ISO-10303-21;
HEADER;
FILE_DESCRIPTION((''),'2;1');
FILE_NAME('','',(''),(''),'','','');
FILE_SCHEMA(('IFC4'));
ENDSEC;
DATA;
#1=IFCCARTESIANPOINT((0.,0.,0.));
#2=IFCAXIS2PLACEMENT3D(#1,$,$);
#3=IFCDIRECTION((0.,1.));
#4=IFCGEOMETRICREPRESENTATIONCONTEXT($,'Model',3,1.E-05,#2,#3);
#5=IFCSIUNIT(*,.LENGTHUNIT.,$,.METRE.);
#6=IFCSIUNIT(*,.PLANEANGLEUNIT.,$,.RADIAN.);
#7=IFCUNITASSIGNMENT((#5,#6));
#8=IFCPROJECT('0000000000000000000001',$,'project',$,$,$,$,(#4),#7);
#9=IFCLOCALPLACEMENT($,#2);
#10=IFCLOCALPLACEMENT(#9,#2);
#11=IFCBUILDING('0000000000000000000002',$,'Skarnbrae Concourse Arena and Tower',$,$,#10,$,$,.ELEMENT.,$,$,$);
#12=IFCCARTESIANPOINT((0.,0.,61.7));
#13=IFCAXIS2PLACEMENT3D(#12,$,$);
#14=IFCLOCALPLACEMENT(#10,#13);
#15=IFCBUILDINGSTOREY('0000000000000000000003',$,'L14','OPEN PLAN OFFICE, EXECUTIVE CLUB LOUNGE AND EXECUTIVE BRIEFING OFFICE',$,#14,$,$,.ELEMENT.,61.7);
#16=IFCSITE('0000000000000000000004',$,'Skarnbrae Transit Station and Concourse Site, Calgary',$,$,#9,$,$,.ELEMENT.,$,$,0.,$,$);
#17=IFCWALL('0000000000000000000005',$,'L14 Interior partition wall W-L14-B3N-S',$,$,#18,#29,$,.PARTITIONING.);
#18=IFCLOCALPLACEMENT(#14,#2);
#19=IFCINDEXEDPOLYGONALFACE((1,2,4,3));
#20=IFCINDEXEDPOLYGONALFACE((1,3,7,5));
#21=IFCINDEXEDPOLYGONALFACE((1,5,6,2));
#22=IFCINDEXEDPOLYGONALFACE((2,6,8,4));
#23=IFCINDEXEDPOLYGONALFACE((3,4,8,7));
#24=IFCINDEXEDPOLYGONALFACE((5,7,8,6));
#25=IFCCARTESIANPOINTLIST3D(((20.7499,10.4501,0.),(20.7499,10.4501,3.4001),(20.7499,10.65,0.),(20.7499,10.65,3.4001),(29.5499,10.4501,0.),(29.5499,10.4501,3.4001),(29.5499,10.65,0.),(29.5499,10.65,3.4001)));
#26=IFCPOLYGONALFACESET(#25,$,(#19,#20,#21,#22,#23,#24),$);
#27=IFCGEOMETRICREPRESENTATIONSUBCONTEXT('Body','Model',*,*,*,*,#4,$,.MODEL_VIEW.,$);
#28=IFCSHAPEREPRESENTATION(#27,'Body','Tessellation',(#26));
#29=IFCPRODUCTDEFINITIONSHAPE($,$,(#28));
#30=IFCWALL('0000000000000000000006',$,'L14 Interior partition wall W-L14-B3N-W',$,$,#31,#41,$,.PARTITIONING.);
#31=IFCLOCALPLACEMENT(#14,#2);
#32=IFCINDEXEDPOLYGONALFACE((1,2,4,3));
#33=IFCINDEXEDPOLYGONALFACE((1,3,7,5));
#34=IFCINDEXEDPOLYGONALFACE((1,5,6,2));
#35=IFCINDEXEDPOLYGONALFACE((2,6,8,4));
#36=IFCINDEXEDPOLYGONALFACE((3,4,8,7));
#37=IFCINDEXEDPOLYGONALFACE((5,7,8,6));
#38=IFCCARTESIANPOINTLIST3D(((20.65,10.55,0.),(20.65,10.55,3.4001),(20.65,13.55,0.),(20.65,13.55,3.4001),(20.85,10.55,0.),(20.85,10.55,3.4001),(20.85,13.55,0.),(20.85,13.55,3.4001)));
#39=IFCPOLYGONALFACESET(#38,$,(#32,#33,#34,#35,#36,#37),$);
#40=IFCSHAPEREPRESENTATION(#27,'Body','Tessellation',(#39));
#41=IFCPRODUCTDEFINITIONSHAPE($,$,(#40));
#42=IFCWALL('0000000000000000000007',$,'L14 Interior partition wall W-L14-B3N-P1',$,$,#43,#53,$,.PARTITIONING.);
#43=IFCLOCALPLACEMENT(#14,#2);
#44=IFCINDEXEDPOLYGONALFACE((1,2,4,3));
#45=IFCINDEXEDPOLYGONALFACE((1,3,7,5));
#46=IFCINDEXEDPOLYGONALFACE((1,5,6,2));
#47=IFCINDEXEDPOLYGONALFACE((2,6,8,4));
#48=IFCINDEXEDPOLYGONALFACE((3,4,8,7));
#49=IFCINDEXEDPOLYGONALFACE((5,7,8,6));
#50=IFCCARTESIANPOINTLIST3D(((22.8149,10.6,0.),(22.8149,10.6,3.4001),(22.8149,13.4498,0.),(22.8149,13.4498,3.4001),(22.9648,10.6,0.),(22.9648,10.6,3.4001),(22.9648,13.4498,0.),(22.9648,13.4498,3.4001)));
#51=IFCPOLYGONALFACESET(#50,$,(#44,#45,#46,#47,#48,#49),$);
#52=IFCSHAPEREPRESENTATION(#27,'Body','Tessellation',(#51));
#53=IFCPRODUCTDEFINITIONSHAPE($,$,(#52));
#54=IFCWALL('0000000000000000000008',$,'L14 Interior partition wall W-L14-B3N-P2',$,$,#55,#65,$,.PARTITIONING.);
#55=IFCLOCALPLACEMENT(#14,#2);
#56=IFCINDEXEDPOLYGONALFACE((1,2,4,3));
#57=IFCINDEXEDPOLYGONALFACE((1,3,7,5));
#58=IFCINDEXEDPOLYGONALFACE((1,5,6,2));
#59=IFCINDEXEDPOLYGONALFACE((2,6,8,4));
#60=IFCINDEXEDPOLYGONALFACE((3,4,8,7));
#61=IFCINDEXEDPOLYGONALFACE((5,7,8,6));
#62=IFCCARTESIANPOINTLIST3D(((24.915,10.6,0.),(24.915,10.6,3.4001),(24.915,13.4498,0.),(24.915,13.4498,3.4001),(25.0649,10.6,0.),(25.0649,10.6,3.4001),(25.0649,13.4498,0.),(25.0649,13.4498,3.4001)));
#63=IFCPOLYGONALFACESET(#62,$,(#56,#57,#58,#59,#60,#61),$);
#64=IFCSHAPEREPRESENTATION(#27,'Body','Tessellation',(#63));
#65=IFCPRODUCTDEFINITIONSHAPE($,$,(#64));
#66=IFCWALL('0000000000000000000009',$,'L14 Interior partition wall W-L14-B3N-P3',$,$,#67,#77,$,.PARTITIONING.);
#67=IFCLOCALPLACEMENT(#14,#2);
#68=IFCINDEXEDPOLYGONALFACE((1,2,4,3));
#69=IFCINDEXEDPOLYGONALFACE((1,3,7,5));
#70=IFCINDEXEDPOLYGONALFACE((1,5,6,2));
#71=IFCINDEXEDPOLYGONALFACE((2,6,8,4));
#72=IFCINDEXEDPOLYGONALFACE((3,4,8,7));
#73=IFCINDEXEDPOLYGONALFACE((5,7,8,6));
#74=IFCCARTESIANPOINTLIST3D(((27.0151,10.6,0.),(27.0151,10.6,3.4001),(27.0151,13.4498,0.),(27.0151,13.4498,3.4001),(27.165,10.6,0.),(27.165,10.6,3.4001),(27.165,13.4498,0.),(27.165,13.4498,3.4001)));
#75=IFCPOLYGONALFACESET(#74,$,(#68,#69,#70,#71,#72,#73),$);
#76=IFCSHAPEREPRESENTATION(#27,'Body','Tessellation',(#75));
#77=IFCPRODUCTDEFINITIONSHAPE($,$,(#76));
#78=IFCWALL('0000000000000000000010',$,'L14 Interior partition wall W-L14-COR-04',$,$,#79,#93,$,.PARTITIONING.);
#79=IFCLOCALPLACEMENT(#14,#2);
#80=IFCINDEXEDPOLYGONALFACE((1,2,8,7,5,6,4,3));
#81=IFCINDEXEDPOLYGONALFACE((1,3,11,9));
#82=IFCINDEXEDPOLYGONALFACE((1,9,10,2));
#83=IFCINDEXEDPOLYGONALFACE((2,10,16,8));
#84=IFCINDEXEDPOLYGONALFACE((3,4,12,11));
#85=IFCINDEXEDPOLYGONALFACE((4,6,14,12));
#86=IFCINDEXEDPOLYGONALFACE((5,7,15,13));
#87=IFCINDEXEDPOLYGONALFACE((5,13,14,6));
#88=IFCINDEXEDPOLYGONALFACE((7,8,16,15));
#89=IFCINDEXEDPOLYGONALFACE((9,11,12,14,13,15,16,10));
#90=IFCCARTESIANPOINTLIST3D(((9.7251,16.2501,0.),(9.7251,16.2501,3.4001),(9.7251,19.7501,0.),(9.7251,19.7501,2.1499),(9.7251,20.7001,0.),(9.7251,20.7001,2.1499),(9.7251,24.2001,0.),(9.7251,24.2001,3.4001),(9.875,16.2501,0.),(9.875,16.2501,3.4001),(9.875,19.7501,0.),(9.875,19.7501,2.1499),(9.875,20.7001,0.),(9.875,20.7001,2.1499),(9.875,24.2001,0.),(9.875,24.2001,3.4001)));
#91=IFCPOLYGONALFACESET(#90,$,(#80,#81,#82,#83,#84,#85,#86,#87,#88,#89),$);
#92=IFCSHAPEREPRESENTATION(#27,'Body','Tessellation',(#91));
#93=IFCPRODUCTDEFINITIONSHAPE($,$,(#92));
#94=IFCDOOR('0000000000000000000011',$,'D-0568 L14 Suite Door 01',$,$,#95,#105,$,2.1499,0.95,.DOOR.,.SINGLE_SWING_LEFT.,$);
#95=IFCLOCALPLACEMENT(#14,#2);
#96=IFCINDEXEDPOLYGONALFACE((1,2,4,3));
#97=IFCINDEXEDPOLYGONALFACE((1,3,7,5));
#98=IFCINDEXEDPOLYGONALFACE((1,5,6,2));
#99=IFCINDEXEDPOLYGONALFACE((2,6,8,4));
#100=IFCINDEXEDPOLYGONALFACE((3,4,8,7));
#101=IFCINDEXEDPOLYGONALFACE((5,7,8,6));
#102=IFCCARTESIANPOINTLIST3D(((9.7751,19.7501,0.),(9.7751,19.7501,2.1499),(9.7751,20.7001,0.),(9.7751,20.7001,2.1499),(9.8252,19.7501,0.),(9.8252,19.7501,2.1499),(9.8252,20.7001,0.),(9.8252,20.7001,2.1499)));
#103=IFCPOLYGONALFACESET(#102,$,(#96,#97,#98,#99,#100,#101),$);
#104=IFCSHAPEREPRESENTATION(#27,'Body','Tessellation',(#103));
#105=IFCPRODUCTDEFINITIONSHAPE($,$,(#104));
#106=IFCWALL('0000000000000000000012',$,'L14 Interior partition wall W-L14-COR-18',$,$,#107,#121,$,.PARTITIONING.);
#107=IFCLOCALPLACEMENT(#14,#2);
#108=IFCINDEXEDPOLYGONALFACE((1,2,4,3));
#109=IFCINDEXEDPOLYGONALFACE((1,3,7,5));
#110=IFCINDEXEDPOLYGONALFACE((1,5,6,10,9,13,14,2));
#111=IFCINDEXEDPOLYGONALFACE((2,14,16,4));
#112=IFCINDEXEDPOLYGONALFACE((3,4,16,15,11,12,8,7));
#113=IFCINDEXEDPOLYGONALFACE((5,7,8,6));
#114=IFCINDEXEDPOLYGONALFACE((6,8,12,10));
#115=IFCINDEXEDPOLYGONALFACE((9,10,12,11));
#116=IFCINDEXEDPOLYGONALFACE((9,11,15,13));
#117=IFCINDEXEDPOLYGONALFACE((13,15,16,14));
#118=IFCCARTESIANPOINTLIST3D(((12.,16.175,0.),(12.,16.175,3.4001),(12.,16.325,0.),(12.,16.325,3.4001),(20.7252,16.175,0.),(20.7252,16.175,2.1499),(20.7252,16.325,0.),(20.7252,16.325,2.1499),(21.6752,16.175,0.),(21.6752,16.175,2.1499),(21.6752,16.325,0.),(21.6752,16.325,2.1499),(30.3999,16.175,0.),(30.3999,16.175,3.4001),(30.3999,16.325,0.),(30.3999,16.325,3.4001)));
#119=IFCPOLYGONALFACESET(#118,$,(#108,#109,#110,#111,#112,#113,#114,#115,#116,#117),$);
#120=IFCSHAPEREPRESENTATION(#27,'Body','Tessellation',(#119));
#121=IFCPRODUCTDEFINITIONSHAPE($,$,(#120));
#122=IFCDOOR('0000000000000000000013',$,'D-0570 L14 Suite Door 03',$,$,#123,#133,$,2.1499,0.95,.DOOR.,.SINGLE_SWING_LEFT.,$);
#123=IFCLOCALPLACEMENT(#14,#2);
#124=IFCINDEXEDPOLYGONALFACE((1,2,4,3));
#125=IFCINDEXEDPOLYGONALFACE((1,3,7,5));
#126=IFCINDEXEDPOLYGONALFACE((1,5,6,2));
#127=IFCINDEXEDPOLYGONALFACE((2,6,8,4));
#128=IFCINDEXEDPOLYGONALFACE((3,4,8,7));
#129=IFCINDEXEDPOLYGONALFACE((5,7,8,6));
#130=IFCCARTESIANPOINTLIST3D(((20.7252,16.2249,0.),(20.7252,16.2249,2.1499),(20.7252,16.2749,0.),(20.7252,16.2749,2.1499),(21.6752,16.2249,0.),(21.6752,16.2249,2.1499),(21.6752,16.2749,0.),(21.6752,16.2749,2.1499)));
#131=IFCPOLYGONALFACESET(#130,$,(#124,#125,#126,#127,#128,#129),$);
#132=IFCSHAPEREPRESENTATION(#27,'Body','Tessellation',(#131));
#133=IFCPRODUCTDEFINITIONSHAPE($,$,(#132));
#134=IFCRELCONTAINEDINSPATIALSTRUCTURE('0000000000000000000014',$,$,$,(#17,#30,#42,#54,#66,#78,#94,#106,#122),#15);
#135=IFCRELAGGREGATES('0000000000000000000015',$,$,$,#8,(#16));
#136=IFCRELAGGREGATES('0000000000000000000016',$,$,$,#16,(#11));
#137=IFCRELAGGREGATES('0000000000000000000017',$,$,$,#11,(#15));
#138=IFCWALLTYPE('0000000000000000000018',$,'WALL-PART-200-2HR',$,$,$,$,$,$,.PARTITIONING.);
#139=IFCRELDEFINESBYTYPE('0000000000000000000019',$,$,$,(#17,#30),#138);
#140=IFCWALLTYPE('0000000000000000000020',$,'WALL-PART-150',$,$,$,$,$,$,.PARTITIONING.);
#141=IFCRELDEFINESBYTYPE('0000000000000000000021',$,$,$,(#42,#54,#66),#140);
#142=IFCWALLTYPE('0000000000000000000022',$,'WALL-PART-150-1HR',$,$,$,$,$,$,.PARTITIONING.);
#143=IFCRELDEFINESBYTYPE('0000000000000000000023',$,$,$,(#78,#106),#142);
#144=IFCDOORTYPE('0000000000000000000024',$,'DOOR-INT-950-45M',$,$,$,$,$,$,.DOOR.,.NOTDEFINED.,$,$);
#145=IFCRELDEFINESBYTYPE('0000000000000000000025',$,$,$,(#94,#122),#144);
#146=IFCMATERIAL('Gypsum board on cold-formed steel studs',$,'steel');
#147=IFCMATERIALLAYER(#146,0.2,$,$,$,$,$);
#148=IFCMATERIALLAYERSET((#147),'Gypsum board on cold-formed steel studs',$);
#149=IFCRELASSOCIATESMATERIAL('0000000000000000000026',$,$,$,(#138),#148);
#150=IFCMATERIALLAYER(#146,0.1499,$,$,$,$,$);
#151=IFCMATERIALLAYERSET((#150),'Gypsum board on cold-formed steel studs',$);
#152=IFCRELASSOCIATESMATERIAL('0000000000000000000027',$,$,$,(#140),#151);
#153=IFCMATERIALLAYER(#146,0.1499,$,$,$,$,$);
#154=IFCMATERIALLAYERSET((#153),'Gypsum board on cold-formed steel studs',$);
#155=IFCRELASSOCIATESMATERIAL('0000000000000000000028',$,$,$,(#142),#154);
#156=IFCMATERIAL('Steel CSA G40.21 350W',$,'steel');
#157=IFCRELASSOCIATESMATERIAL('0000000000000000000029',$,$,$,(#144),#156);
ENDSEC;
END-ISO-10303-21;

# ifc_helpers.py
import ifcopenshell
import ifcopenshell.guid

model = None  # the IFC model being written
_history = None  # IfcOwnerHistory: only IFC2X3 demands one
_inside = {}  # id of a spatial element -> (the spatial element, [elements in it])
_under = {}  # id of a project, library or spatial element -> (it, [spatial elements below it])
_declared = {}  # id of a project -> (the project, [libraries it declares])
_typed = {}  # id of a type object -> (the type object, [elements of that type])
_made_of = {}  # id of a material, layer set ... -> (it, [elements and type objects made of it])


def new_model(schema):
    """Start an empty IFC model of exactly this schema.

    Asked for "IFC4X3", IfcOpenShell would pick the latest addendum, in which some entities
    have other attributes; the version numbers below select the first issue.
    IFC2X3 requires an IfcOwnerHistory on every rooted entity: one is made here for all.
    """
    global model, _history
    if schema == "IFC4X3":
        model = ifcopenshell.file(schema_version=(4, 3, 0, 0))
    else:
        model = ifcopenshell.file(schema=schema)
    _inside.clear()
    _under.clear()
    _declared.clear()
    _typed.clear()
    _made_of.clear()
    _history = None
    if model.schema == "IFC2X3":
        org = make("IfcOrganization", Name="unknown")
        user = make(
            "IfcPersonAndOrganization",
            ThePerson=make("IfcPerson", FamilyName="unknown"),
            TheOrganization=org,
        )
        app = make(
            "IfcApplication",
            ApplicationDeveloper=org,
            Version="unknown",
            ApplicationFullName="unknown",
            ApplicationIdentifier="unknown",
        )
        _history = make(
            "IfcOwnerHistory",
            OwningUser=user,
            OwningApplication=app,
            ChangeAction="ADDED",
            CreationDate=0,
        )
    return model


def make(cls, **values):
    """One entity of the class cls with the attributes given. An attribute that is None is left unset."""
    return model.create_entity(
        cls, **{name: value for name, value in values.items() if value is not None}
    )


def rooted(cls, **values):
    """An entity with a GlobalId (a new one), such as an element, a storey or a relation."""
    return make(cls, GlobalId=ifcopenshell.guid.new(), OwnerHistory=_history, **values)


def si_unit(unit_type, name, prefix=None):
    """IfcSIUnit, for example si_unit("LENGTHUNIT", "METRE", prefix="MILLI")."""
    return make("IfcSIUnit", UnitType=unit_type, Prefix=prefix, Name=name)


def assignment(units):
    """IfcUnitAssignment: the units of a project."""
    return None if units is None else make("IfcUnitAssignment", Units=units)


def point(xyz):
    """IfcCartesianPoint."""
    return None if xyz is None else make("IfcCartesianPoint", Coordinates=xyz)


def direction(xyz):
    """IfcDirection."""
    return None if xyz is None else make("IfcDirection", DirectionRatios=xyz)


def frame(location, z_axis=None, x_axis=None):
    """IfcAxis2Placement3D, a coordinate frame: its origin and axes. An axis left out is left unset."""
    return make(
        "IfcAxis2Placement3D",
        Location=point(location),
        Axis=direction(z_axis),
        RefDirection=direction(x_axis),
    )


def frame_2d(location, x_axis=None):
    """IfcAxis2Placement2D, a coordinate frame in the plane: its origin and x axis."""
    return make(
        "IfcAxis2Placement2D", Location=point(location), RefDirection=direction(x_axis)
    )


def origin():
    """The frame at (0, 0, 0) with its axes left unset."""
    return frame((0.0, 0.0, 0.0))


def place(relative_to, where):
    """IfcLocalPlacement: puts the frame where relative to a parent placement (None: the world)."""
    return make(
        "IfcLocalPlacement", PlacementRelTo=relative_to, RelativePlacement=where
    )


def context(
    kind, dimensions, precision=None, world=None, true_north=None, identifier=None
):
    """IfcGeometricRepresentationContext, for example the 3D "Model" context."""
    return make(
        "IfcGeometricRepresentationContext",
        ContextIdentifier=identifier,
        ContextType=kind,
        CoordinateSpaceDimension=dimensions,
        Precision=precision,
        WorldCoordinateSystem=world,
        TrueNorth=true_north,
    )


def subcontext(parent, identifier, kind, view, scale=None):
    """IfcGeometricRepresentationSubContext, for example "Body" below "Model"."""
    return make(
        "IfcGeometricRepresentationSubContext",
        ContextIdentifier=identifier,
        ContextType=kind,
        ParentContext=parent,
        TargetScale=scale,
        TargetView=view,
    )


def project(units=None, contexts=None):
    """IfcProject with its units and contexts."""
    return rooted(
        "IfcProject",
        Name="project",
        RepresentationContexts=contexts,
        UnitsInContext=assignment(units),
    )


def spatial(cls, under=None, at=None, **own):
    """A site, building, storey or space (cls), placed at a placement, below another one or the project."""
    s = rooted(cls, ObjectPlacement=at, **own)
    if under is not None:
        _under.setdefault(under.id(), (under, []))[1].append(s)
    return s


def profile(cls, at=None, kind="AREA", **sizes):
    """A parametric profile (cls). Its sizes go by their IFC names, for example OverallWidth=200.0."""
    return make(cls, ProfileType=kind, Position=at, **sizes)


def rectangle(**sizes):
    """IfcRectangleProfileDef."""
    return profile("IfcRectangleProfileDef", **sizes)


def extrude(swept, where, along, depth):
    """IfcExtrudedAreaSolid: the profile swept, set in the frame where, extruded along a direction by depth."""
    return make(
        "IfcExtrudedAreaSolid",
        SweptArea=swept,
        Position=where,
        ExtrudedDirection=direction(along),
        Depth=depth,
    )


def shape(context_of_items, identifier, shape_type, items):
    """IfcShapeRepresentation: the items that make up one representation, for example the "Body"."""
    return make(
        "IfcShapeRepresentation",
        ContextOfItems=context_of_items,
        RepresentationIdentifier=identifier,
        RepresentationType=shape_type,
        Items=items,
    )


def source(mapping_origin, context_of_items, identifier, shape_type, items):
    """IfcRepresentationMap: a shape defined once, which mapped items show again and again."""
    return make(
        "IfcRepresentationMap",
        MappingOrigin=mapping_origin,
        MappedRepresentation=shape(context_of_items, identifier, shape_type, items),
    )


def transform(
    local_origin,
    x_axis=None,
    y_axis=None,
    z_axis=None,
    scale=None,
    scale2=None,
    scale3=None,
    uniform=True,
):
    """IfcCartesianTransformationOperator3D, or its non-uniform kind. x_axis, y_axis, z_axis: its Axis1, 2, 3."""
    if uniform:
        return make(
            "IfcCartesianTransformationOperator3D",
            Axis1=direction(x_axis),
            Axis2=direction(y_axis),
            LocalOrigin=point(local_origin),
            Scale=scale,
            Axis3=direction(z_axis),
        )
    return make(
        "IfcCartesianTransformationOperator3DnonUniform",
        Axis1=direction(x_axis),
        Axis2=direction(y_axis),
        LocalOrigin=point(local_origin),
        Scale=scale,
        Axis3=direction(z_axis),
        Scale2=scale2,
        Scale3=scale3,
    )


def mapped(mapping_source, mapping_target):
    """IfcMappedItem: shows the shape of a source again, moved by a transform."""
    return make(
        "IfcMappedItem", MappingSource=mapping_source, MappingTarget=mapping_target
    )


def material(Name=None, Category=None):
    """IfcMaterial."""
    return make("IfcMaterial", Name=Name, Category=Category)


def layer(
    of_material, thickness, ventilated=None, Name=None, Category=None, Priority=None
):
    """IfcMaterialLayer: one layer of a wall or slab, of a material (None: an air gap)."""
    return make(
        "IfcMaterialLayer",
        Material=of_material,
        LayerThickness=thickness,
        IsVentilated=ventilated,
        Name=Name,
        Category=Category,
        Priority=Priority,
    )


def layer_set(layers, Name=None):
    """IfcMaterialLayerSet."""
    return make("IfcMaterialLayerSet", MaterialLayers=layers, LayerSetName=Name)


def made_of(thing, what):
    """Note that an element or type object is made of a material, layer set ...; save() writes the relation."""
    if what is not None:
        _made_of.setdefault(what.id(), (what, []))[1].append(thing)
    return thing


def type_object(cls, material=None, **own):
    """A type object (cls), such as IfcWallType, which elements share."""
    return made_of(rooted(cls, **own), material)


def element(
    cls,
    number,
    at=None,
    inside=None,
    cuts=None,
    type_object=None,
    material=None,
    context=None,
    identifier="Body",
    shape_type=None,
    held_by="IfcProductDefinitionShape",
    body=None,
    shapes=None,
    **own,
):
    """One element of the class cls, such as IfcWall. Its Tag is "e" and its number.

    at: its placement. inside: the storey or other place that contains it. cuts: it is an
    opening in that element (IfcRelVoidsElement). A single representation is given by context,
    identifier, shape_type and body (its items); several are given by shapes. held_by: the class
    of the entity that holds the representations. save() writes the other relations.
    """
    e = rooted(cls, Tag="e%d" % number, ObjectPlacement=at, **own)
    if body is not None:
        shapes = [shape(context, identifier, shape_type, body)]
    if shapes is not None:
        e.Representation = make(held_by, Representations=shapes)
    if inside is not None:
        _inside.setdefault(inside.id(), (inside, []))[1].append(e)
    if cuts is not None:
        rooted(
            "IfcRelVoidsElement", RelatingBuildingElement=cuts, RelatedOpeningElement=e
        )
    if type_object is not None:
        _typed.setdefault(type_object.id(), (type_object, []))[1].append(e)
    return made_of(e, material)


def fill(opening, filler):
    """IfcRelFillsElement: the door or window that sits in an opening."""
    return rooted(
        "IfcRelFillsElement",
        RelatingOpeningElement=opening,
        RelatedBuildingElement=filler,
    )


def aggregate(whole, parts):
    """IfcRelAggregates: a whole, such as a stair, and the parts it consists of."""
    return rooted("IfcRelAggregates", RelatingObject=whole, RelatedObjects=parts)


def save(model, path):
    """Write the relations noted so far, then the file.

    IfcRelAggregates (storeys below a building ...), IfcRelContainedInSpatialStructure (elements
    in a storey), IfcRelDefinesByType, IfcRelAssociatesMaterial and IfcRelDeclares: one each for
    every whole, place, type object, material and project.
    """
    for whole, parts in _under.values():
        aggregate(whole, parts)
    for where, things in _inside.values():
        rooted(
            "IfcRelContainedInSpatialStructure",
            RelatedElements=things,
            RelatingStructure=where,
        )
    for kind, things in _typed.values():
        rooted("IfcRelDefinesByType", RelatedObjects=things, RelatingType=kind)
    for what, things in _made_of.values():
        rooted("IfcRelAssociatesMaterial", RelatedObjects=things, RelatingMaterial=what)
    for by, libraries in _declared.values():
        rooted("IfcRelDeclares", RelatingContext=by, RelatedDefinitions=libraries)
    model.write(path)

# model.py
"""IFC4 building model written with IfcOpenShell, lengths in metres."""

from ifc_helpers import new_model, si_unit, direction, frame, frame_2d, origin, place, context, subcontext, project, spatial, rectangle, extrude, source, transform, mapped, material, layer, layer_set, type_object, element, fill, save


model = new_model("IFC4")

# Units and contexts
model_context = context("Model", 3, precision=1e-05, world=origin(), true_north=direction((0.0, 1.0)))
body_context = subcontext(model_context, "Body", "Model", "MODEL_VIEW")
ifc_project = project(units=[si_unit("LENGTHUNIT", "METRE"), si_unit("PLANEANGLEUNIT", "RADIAN")], contexts=[model_context])

# Site, building, storey
site_placement = place(None, origin())
site = spatial("IfcSite", under=ifc_project, at=site_placement, Name="Skarnbrae Transit Station and Concourse Site, Calgary", CompositionType="ELEMENT", RefElevation=0.0)
building_placement = place(site_placement, origin())
building = spatial("IfcBuilding", under=site, at=building_placement, Name="Skarnbrae Concourse Arena and Tower", CompositionType="ELEMENT")
storey_placement = place(building_placement, frame((0.0, 0.0, 61.7)))
storey = spatial("IfcBuildingStorey", under=building, at=storey_placement, Name="L14", Description="OPEN PLAN OFFICE, EXECUTIVE CLUB LOUNGE AND EXECUTIVE BRIEFING OFFICE", CompositionType="ELEMENT", Elevation=61.7)

# Shared definitions
ifc_material_1 = material(Name="Steel CSA G40.21 350W", Category="steel")

# Walls
ifc_material_2 = material(Name="Gypsum board on cold-formed steel studs", Category="steel")
ifc_layer_1 = layer(ifc_material_2, 0.2)
ifc_layer_set_1 = layer_set([ifc_layer_1], Name="Gypsum board on cold-formed steel studs")
wall_type_1 = type_object("IfcWallType", Name="WALL-PART-200-2HR", PredefinedType="PARTITIONING", material=ifc_layer_set_1)
shared_shape_1 = source(origin(), body_context, "Body", "SweptSolid", [
    extrude(rectangle(XDim=8.8, YDim=0.2, at=frame_2d((4.3999, 0.0))), origin(), (0.0, 0.0, 1.0), 3.4001),
])
wall_1_placement = place(storey_placement, frame((20.75, 10.55, 0.0), z_axis=(0.0, 0.0, 1.0), x_axis=(1.0, 0.0, 0.0)))
element("IfcWall", 1, at=wall_1_placement, inside=storey, type_object=wall_type_1, Name="L14 Interior partition wall W-L14-B3N-S", PredefinedType="PARTITIONING", context=body_context, shape_type="MappedRepresentation", body=[
    mapped(shared_shape_1, transform((0.0, 0.0, 0.0))),
])
shared_shape_2 = source(origin(), body_context, "Body", "SweptSolid", [
    extrude(rectangle(XDim=3.0, YDim=0.2, at=frame_2d((1.5, 0.0))), origin(), (0.0, 0.0, 1.0), 3.4001),
])
wall_2_placement = place(storey_placement, frame((20.75, 10.55, 0.0), z_axis=(0.0, 0.0, 1.0), x_axis=(0.0, 1.0, 0.0)))
element("IfcWall", 2, at=wall_2_placement, inside=storey, type_object=wall_type_1, Name="L14 Interior partition wall W-L14-B3N-W", PredefinedType="PARTITIONING", context=body_context, shape_type="MappedRepresentation", body=[
    mapped(shared_shape_2, transform((0.0, 0.0, 0.0))),
])
ifc_layer_2 = layer(ifc_material_2, 0.1499)
ifc_layer_set_2 = layer_set([ifc_layer_2], Name="Gypsum board on cold-formed steel studs")
wall_type_2 = type_object("IfcWallType", Name="WALL-PART-150", PredefinedType="PARTITIONING", material=ifc_layer_set_2)
shared_shape_3 = source(origin(), body_context, "Body", "SweptSolid", [
    extrude(rectangle(XDim=2.8499, YDim=0.1499, at=frame_2d((1.4248, 0.0))), origin(), (0.0, 0.0, 1.0), 3.4001),
])
for number, where, z_axis, x_axis, name in (
    (3, (22.8899, 10.6001, 0.0), (0.0, 0.0, 1.0), (0.0, 1.0, 0.0), "L14 Interior partition wall W-L14-B3N-P1"),
    (4, (24.99, 10.6001, 0.0), (0.0, 0.0, 1.0), (0.0, 1.0, 0.0), "L14 Interior partition wall W-L14-B3N-P2"),
    (5, (27.0901, 10.6001, 0.0), (0.0, 0.0, 1.0), (0.0, 1.0, 0.0), "L14 Interior partition wall W-L14-B3N-P3"),
):
    element("IfcWall", number, at=place(storey_placement, frame(where, z_axis=z_axis, x_axis=x_axis)), inside=storey, type_object=wall_type_2, Name=name, PredefinedType="PARTITIONING", context=body_context, shape_type="MappedRepresentation", body=[
        mapped(shared_shape_3, transform((0.0, 0.0, 0.0))),
    ])

# Walls, openings, doors
ifc_layer_3 = layer(ifc_material_2, 0.1499)
ifc_layer_set_3 = layer_set([ifc_layer_3], Name="Gypsum board on cold-formed steel studs")
wall_type_3 = type_object("IfcWallType", Name="WALL-PART-150-1HR", PredefinedType="PARTITIONING", material=ifc_layer_set_3)
shared_shape_4 = source(origin(), body_context, "Body", "SweptSolid", [
    extrude(rectangle(XDim=7.95, YDim=0.1499, at=frame_2d((3.9751, 0.0))), origin(), (0.0, 0.0, 1.0), 3.4001),
])
wall_3_placement = place(storey_placement, frame((9.8, 16.25, 0.0), z_axis=(0.0, 0.0, 1.0), x_axis=(0.0, 1.0, 0.0)))
wall_3 = element("IfcWall", 6, at=wall_3_placement, inside=storey, type_object=wall_type_3, Name="L14 Interior partition wall W-L14-COR-04", PredefinedType="PARTITIONING", context=body_context, shape_type="MappedRepresentation", body=[
    mapped(shared_shape_4, transform((0.0, 0.0, 0.0))),
])
opening_1_placement = place(wall_3_placement, frame((3.5, 0.0, 0.0)))
opening_1 = element("IfcOpeningElement", 7, at=opening_1_placement, cuts=wall_3, PredefinedType="OPENING", context=body_context, shape_type="SweptSolid", body=[
    extrude(rectangle(XDim=0.95, YDim=2.1499, at=frame_2d((0.4751, 1.075))), frame((0.0, 0.085, 0.0), z_axis=(0.0, -1.0, 0.0), x_axis=(1.0, 0.0, 0.0)), (0.0, 0.0, 1.0), 0.1699),
])
door_type_1 = type_object("IfcDoorType", Name="DOOR-INT-950-45M", OperationType="NOTDEFINED", PredefinedType="DOOR", material=ifc_material_1)
shared_shape_5 = source(origin(), body_context, "Body", "SweptSolid", [
    extrude(rectangle(XDim=0.95, YDim=2.1499, at=frame_2d((0.4751, 1.075))), frame((0.0, 0.0249, 0.0), z_axis=(0.0, -1.0, 0.0), x_axis=(1.0, 0.0, 0.0)), (0.0, 0.0, 1.0), 0.05),
])
door_1_placement = place(opening_1_placement, origin())
door_1 = element("IfcDoor", 8, at=door_1_placement, inside=storey, type_object=door_type_1, Name="D-0568 L14 Suite Door 01", OperationType="SINGLE_SWING_LEFT", OverallHeight=2.1499, OverallWidth=0.95, PredefinedType="DOOR", context=body_context, shape_type="MappedRepresentation", body=[
    mapped(shared_shape_5, transform((0.0, 0.0, 0.0))),
])
fill(opening_1, door_1)
shared_shape_6 = source(origin(), body_context, "Body", "SweptSolid", [
    extrude(rectangle(XDim=18.3999, YDim=0.1499, at=frame_2d((9.2, 0.0))), origin(), (0.0, 0.0, 1.0), 3.4001),
])
wall_4_placement = place(storey_placement, frame((12.0, 16.25, 0.0), z_axis=(0.0, 0.0, 1.0), x_axis=(1.0, 0.0, 0.0)))
wall_4 = element("IfcWall", 9, at=wall_4_placement, inside=storey, type_object=wall_type_3, Name="L14 Interior partition wall W-L14-COR-18", PredefinedType="PARTITIONING", context=body_context, shape_type="MappedRepresentation", body=[
    mapped(shared_shape_6, transform((0.0, 0.0, 0.0))),
])
opening_2_placement = place(wall_4_placement, frame((8.7251, 0.0, 0.0)))
opening_2 = element("IfcOpeningElement", 10, at=opening_2_placement, cuts=wall_4, PredefinedType="OPENING", context=body_context, shape_type="SweptSolid", body=[
    extrude(rectangle(XDim=0.95, YDim=2.1499, at=frame_2d((0.4751, 1.075))), frame((0.0, 0.085, 0.0), z_axis=(0.0, -1.0, 0.0), x_axis=(1.0, 0.0, 0.0)), (0.0, 0.0, 1.0), 0.1699),
])
door_2_placement = place(opening_2_placement, origin())
door_2 = element("IfcDoor", 11, at=door_2_placement, inside=storey, type_object=door_type_1, Name="D-0570 L14 Suite Door 03", OperationType="SINGLE_SWING_LEFT", OverallHeight=2.1499, OverallWidth=0.95, PredefinedType="DOOR", context=body_context, shape_type="MappedRepresentation", body=[
    mapped(shared_shape_5, transform((0.0, 0.0, 0.0))),
])
fill(opening_2, door_2)

save(model, "model.ifc")
